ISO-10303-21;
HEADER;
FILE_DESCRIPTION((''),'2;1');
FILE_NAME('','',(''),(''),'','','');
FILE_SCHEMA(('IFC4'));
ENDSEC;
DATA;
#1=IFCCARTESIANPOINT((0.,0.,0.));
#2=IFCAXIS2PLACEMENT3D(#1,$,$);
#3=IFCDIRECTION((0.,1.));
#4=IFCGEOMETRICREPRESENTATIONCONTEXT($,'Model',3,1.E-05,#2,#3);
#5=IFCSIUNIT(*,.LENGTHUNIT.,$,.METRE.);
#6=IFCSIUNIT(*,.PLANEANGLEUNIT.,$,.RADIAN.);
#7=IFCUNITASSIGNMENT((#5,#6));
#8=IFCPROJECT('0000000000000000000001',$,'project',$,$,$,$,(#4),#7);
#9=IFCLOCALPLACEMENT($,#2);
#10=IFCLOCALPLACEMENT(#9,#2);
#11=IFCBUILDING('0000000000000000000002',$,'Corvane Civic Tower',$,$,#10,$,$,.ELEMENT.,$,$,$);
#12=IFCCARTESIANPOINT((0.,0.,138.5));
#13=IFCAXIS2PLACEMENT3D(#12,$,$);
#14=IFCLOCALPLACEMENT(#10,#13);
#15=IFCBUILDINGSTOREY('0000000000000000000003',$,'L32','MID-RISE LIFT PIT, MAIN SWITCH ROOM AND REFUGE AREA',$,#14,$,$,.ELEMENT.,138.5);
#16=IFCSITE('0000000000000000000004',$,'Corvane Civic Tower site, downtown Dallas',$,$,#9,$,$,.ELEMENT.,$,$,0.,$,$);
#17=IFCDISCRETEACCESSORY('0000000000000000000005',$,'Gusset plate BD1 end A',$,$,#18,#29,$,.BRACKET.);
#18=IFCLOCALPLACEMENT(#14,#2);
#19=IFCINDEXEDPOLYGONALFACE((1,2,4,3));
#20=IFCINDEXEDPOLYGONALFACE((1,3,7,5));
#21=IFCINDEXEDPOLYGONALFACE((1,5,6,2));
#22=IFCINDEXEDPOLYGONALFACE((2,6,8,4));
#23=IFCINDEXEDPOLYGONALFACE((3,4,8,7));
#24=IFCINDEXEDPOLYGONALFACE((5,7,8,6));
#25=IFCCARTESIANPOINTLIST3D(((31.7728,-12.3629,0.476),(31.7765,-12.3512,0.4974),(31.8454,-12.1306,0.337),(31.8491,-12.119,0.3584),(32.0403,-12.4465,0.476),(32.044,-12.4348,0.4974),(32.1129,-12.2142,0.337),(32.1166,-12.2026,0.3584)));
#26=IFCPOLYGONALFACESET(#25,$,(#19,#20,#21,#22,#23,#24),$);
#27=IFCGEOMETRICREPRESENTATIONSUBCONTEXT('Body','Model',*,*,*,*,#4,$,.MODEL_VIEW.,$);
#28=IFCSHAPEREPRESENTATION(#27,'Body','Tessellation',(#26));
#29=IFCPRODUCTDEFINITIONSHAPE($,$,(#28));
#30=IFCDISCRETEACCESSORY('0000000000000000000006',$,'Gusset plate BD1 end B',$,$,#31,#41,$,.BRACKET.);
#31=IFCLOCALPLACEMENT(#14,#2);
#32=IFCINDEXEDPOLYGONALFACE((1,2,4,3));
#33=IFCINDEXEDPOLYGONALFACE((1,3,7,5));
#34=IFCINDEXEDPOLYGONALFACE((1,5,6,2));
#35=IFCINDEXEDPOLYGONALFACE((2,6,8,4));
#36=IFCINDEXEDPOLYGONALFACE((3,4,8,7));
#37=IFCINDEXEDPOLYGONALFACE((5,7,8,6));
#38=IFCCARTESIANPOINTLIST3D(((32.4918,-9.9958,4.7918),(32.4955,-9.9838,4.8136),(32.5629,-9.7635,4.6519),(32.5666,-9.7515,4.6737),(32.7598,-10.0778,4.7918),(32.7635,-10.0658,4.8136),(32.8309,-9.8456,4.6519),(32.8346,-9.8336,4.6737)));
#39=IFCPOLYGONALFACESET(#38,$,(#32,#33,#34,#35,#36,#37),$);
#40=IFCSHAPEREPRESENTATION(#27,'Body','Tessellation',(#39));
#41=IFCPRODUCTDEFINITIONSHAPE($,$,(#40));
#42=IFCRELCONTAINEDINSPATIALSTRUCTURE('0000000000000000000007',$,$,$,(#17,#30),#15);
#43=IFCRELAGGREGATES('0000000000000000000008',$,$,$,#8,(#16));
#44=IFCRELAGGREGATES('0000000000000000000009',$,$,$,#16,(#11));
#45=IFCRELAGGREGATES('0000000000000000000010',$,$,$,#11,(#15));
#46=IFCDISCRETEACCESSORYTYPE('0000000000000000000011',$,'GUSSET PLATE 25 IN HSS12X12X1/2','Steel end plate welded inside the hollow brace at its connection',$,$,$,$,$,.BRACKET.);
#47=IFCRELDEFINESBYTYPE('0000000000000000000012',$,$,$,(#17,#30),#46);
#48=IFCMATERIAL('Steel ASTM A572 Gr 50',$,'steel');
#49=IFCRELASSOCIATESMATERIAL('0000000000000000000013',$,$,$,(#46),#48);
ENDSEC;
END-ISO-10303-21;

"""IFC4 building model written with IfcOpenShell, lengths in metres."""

from ifc_helpers import new_model, si_unit, direction, frame, origin, origin_2d, place, context, subcontext, project, spatial, rectangle, extrude, material, material_profile, profile_set, type_object, element, save


model = new_model("IFC4")

# Units and contexts
model_context = context("Model", 3, precision=1e-05, world=origin(), true_north=direction((0.0, 1.0)))
body_context = subcontext(model_context, "Body", "Model", "MODEL_VIEW")
ifc_project = project(units=[si_unit("LENGTHUNIT", "METRE"), si_unit("PLANEANGLEUNIT", "RADIAN")], contexts=[model_context])

# Site, building, storey
site_placement = place(None, origin())
site = spatial("IfcSite", under=ifc_project, at=site_placement, Name="Corvane Civic Tower site, downtown Dallas", CompositionType="ELEMENT", RefElevation=0.0)
building_placement = place(site_placement, origin())
building = spatial("IfcBuilding", under=site, at=building_placement, Name="Corvane Civic Tower", CompositionType="ELEMENT")
storey_placement = place(building_placement, frame((0.0, 0.0, 138.5)))
storey = spatial("IfcBuildingStorey", under=building, at=storey_placement, Name="L32", Description="MID-RISE LIFT PIT, MAIN SWITCH ROOM AND REFUGE AREA", CompositionType="ELEMENT", Elevation=138.5)

# Discrete accessories
ifc_material_1 = material(Name="Steel ASTM A572 Gr 50", Category="steel")
ifc_material_profile_1 = material_profile(ifc_material_1, rectangle(XDim=0.2803, YDim=0.2803, at=origin_2d()), Name="GUSSET PLATE 25 IN HSS12X12X1/2")
ifc_profile_set_1 = profile_set([ifc_material_profile_1], Name="Steel ASTM A572 Gr 50")
discrete_accessory_type = type_object("IfcDiscreteAccessoryType", Name="GUSSET PLATE 25 IN HSS12X12X1/2", Description="Steel end plate welded inside the hollow brace at its connection", PredefinedType="BRACKET", material=ifc_profile_set_1)
discrete_accessory_1_placement = place(storey_placement, frame((31.9429, -12.2886, 0.4065), z_axis=(0.147993, 0.473579, 0.868228), x_axis=(-0.95448, 0.298275, 0.0)))
element("IfcDiscreteAccessory", 1, at=discrete_accessory_1_placement, inside=storey, type_object=discrete_accessory_type, Name="Gusset plate BD1 end A", PredefinedType="BRACKET", context=body_context, shape_type="SweptSolid", body=[
    extrude(rectangle(XDim=0.2803, YDim=0.2803, at=origin_2d()), origin(), (0.0, 0.0, 1.0), 0.0247),
])
discrete_accessory_2_placement = place(storey_placement, frame((32.665, -9.9087, 4.7437), z_axis=(-0.146058, -0.477124, -0.866614), x_axis=(0.9562, -0.292714, 0.0)))
element("IfcDiscreteAccessory", 2, at=discrete_accessory_2_placement, inside=storey, type_object=discrete_accessory_type, Name="Gusset plate BD1 end B", PredefinedType="BRACKET", context=body_context, shape_type="SweptSolid", body=[
    extrude(rectangle(XDim=0.2803, YDim=0.2803, at=origin_2d()), origin(), (0.0, 0.0, 1.0), 0.0251),
])

save(model, "model.ifc")
